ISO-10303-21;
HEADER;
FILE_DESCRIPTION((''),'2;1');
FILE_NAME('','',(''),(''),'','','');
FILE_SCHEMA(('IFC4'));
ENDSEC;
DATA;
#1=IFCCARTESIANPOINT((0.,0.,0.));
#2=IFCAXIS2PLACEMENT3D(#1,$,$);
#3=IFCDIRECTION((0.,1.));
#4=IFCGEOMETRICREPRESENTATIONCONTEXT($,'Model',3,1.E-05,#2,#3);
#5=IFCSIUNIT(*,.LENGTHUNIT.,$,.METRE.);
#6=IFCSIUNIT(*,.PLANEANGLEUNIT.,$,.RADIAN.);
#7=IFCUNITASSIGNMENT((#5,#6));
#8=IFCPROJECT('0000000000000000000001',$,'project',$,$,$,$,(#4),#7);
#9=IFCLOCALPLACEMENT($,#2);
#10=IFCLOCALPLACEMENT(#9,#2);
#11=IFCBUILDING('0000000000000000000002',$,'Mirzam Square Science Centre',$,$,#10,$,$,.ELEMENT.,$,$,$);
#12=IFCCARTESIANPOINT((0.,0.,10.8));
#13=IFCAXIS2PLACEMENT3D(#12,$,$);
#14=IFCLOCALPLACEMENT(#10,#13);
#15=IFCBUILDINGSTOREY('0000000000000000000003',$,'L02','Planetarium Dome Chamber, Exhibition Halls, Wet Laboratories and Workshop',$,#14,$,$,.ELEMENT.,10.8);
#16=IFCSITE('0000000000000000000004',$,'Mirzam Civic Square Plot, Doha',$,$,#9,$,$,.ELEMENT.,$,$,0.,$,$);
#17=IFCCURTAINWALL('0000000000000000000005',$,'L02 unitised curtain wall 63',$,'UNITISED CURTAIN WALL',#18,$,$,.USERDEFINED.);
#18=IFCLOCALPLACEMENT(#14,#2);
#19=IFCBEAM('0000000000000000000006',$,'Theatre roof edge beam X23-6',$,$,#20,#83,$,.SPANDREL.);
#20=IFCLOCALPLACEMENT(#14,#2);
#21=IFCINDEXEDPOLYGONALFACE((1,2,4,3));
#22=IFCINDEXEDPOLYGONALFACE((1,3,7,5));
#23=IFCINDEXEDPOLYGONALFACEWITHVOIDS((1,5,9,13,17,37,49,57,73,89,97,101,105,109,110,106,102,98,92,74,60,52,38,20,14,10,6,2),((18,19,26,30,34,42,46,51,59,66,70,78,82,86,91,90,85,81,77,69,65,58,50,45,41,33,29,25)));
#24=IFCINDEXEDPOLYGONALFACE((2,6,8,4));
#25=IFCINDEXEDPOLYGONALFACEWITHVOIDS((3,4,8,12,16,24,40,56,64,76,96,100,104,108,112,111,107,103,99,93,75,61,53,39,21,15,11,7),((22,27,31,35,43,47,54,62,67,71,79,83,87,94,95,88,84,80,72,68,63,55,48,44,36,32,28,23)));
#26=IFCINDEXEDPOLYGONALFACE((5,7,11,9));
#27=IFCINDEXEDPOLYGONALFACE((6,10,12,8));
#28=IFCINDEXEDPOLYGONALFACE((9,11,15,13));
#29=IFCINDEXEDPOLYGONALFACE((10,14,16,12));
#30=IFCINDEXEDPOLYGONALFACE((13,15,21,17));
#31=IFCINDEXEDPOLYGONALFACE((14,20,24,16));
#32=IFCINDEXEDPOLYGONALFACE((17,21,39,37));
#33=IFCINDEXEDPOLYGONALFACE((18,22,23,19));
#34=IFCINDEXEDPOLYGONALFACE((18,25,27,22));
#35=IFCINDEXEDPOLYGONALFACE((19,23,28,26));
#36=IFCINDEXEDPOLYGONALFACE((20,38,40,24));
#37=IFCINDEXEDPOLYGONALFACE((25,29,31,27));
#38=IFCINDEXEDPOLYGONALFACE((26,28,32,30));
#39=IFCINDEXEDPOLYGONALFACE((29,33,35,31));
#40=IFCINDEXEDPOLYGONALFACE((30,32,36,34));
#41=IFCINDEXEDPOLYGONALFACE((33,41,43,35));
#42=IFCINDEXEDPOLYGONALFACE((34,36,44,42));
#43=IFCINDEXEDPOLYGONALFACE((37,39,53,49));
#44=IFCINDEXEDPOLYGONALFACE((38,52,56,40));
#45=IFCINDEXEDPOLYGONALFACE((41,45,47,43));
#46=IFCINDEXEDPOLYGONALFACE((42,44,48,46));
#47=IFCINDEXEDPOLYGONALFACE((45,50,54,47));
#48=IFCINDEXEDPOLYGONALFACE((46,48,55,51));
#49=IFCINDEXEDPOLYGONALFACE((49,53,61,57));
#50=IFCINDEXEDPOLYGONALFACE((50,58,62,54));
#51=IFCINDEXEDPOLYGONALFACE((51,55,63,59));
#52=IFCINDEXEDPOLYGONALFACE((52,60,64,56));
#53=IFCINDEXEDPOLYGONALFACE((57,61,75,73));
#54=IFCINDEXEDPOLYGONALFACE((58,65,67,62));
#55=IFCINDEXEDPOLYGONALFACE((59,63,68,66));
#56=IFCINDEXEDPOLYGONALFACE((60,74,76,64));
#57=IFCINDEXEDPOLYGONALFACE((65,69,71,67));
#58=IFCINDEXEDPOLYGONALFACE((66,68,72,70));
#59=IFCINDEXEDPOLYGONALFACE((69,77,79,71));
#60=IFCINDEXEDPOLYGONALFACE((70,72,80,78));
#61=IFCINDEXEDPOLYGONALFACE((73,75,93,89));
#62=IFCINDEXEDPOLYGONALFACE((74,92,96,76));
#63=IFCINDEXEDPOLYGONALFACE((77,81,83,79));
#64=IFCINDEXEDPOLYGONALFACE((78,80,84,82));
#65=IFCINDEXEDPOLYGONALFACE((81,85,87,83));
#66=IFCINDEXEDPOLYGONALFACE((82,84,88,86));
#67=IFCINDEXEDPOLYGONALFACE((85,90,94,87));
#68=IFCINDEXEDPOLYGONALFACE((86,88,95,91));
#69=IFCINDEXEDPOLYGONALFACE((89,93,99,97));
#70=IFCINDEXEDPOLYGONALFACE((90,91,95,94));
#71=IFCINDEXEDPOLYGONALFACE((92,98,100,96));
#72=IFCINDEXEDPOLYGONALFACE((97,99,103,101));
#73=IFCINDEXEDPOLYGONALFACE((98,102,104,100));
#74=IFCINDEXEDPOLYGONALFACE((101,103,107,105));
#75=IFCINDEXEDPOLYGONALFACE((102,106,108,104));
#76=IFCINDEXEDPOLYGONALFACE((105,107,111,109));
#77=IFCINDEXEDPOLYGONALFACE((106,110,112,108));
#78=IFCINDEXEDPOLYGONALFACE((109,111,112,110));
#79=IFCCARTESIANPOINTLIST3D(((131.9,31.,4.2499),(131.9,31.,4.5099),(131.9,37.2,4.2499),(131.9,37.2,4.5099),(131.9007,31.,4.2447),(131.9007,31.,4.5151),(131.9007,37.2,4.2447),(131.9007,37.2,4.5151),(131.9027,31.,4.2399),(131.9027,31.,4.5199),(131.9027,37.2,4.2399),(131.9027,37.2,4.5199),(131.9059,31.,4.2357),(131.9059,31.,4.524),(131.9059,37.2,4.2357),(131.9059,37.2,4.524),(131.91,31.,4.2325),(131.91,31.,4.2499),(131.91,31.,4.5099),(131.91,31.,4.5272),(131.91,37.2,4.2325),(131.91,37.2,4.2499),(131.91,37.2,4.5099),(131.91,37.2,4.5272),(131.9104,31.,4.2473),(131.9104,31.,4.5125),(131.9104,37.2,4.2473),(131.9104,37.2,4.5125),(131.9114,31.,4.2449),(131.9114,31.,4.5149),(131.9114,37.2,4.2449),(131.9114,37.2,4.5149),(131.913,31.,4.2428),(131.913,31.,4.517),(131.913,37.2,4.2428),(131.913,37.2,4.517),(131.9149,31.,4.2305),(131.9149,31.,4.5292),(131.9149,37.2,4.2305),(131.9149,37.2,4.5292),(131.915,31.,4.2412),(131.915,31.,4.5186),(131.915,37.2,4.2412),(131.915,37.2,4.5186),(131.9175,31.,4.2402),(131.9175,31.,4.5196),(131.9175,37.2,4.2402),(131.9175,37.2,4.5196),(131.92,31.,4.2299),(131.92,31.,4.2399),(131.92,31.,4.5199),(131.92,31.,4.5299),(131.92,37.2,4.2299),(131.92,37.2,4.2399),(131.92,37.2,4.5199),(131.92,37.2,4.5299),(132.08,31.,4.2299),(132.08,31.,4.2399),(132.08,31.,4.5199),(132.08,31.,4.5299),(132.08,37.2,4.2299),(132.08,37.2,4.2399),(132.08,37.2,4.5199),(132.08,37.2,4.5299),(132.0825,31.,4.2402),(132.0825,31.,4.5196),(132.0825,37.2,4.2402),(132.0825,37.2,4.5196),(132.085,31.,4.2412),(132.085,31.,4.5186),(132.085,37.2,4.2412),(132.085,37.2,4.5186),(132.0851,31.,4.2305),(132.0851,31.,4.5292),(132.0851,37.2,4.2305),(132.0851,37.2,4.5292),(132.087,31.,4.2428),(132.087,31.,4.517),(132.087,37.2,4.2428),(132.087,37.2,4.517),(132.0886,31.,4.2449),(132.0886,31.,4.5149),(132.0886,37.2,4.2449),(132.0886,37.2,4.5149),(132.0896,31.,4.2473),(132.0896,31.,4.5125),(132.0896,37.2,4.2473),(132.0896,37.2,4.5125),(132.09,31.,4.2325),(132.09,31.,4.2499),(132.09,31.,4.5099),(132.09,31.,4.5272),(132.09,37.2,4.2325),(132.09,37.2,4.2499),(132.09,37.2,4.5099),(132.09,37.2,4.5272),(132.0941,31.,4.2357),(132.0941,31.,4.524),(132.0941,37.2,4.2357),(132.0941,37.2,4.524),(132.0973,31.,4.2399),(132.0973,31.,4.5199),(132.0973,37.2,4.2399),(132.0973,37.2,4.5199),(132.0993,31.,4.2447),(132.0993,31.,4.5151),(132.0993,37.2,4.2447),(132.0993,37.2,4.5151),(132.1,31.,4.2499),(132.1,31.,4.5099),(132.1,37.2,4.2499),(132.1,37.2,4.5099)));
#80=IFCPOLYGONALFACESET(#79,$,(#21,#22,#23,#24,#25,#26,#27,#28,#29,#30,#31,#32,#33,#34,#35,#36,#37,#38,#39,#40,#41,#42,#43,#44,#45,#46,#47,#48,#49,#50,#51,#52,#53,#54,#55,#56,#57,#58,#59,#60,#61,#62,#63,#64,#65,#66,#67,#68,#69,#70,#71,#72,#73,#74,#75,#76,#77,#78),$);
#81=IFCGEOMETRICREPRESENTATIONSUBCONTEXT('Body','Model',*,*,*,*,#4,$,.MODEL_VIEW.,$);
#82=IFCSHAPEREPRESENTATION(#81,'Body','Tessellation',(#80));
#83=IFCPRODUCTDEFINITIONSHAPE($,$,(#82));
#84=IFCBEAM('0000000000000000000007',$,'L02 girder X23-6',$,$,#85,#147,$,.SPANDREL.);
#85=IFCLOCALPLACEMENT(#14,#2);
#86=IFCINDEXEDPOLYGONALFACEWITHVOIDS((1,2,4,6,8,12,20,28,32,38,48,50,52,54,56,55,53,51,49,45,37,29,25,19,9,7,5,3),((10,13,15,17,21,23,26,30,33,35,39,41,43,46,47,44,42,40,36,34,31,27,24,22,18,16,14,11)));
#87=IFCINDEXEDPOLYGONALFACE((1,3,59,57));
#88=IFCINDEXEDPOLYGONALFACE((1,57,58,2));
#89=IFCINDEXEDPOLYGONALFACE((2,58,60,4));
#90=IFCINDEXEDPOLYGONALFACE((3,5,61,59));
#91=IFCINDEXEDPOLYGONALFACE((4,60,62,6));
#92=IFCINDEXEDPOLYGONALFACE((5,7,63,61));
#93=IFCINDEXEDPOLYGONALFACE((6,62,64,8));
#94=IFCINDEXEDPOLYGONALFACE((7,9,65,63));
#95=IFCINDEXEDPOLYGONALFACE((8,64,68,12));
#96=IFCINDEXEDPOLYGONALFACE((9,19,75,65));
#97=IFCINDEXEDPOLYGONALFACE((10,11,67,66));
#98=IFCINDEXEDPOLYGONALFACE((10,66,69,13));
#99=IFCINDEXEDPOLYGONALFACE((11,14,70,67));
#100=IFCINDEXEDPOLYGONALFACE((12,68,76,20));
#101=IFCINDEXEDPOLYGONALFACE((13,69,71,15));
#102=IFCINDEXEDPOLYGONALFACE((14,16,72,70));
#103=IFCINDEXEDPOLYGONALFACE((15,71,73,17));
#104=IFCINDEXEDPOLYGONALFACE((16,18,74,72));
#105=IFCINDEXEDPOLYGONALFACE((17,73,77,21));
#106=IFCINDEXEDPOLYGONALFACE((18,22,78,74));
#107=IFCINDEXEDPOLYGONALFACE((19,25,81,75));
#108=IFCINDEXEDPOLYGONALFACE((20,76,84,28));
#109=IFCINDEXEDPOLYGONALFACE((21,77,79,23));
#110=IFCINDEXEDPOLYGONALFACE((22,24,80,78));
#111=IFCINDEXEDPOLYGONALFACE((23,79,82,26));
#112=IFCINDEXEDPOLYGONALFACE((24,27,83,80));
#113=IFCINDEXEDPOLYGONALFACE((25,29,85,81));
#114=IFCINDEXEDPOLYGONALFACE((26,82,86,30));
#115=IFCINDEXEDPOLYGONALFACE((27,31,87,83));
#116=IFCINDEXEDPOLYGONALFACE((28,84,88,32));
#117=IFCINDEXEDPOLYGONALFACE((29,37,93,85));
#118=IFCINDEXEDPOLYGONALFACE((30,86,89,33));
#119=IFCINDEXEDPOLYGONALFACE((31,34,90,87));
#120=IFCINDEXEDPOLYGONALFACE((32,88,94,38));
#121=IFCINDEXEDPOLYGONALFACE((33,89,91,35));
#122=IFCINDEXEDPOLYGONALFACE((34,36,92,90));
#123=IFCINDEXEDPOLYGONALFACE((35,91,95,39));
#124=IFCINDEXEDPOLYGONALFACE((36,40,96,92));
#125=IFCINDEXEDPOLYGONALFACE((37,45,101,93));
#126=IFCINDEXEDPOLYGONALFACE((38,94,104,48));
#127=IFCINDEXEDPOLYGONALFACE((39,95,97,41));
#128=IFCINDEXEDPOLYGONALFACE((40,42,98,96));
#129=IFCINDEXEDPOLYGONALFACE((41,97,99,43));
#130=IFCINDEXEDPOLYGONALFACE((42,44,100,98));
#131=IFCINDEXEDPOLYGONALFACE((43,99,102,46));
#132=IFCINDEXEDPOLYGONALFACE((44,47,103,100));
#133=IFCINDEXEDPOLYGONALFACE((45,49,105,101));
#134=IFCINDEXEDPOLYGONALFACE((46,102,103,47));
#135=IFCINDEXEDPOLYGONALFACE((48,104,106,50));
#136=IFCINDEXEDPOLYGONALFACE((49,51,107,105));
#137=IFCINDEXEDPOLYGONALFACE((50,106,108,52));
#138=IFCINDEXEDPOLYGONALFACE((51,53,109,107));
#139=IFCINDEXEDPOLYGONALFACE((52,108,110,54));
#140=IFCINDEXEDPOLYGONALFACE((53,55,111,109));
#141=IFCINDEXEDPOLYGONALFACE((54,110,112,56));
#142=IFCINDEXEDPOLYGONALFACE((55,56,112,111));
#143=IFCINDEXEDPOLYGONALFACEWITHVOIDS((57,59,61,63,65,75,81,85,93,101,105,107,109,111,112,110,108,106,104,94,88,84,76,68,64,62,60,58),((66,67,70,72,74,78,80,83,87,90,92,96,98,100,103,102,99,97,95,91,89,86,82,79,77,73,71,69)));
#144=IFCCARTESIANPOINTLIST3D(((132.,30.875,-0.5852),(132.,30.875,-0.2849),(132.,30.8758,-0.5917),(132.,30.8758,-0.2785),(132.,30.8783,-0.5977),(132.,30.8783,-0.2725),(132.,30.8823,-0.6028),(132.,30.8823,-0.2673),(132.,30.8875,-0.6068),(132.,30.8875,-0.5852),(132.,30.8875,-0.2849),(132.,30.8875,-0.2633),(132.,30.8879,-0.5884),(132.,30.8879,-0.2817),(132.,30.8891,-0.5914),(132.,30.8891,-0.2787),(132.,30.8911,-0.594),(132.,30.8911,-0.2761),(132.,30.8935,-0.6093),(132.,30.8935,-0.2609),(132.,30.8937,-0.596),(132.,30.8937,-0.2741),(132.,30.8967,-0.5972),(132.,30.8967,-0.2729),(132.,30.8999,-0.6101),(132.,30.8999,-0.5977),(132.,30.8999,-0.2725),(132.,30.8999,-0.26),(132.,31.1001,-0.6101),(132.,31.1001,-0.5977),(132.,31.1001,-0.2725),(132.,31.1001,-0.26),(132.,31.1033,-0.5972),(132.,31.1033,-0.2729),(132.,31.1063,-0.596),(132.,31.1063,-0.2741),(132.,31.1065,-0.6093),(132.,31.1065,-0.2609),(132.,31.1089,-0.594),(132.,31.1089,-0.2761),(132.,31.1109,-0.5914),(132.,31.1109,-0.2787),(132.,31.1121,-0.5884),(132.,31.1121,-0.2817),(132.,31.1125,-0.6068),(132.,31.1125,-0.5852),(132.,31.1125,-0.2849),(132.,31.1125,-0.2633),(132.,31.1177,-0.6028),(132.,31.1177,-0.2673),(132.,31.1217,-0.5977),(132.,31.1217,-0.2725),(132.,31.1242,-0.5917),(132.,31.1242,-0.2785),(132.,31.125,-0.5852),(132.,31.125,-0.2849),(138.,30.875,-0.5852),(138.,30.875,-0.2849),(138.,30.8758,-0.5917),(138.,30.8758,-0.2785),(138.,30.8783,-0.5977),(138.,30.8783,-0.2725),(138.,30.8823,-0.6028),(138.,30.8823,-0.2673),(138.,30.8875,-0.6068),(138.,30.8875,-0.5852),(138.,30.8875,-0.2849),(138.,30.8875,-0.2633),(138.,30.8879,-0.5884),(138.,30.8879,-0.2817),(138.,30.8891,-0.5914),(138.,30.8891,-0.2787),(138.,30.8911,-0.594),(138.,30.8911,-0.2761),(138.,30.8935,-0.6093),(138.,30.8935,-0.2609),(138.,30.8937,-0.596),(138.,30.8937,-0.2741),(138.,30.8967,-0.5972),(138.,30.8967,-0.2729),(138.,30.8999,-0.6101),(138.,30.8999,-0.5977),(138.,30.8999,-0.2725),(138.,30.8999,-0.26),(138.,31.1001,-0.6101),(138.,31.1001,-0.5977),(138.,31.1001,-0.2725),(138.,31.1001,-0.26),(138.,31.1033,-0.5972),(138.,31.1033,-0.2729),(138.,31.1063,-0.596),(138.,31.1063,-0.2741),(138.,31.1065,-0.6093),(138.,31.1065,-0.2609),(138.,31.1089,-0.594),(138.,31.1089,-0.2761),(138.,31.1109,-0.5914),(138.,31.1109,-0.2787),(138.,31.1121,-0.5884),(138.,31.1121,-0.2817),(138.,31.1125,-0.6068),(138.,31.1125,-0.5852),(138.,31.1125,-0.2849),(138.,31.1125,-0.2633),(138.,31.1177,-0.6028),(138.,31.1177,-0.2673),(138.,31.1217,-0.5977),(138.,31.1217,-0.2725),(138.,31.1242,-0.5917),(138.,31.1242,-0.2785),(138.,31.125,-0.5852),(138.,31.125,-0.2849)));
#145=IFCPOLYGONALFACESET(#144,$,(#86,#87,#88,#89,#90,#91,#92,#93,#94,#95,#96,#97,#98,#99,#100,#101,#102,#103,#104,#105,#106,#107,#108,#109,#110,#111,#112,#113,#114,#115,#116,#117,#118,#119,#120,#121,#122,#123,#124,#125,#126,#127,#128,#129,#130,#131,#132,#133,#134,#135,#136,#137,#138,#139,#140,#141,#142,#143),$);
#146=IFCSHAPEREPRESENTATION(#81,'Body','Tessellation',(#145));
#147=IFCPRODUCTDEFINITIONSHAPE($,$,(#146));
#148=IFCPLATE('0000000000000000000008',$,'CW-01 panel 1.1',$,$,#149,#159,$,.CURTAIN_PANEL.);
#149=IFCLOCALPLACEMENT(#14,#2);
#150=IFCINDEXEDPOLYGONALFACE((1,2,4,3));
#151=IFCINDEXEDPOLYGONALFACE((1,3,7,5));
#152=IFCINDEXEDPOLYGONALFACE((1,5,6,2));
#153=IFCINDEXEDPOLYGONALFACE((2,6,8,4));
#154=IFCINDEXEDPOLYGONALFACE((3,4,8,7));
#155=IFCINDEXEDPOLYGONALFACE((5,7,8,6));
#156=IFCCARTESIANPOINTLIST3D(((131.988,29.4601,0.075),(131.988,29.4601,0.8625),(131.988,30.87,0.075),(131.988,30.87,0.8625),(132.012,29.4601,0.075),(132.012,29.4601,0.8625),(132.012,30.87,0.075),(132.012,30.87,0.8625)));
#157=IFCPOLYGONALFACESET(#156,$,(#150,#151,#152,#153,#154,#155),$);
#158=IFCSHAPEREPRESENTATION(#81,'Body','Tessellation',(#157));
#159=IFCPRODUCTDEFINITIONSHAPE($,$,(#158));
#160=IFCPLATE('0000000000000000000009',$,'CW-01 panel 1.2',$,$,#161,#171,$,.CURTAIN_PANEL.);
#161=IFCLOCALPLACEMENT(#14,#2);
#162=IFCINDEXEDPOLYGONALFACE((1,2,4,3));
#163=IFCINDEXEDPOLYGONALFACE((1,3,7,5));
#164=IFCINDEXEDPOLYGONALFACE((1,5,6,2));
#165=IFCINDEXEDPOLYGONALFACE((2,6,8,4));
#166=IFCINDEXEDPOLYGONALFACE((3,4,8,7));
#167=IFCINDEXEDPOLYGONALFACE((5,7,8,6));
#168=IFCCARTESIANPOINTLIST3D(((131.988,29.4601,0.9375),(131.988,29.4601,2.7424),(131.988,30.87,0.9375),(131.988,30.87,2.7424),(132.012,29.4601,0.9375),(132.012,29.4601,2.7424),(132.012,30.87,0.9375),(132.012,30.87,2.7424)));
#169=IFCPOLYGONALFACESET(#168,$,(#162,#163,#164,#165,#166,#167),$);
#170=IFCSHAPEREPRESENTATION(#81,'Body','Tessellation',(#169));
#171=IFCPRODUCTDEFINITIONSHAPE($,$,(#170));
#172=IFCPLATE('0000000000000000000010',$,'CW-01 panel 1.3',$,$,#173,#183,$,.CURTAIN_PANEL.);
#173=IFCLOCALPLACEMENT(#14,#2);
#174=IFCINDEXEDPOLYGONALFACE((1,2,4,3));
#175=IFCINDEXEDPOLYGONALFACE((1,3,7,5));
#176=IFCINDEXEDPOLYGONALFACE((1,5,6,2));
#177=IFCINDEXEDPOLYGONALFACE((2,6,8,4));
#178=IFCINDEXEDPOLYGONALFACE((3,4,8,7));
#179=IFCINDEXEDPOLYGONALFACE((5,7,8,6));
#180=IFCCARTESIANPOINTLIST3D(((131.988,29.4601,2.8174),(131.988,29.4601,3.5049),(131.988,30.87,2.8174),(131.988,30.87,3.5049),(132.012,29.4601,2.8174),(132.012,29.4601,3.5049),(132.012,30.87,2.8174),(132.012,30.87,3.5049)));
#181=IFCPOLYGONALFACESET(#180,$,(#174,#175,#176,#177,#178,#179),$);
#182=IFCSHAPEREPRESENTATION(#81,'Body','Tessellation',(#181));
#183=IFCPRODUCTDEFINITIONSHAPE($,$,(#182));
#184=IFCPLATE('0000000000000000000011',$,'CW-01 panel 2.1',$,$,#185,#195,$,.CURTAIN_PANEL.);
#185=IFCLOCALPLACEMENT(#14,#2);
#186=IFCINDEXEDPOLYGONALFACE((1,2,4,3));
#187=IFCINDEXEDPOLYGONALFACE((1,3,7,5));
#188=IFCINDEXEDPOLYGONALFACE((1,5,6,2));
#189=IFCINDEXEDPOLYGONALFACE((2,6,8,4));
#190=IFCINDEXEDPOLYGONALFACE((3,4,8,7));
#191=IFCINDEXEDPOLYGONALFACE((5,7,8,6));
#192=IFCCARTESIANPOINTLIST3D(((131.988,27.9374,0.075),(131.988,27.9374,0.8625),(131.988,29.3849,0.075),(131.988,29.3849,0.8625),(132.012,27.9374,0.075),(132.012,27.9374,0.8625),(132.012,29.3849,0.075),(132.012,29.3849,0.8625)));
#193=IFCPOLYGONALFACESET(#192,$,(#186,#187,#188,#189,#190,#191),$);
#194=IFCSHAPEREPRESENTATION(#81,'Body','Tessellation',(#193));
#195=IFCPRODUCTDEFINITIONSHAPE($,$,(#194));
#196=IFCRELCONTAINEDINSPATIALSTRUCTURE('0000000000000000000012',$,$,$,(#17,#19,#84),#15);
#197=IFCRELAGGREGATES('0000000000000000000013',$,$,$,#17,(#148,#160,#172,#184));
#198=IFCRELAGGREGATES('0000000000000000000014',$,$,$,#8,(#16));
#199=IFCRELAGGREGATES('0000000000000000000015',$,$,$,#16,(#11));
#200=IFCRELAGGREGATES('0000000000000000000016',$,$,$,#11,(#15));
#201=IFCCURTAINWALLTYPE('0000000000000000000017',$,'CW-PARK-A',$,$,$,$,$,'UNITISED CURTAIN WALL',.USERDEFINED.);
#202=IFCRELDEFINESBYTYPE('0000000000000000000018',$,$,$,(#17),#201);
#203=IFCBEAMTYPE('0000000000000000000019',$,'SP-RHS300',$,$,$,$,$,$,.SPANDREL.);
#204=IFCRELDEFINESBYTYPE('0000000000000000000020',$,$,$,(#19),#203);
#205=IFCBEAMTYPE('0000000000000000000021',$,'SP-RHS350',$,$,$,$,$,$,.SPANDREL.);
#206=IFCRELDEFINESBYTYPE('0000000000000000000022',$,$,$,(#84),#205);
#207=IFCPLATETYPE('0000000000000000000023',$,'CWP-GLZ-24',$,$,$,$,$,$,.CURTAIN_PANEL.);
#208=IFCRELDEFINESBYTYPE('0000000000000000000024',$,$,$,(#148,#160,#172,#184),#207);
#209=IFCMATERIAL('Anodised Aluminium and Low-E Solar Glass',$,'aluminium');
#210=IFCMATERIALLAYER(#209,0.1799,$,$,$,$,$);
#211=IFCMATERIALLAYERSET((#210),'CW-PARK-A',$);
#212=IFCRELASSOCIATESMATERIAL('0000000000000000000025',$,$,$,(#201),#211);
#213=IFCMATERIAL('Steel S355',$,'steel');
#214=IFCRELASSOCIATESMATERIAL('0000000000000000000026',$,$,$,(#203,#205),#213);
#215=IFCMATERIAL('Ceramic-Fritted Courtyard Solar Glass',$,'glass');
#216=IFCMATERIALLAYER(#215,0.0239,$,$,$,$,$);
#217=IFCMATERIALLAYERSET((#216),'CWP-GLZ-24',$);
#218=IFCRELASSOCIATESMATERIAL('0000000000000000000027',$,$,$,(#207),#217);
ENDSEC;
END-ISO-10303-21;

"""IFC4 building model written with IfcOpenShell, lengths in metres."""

from ifc_helpers import new_model, si_unit, direction, frame, origin, origin_2d, place, context, subcontext, project, spatial, rectangle, hollow_rectangle, extrude, material, layer, layer_set, material_profile, profile_set, type_object, element, aggregate, save


model = new_model("IFC4")

# Units and contexts
model_context = context("Model", 3, precision=1e-05, world=origin(), true_north=direction((0.0, 1.0)))
body_context = subcontext(model_context, "Body", "Model", "MODEL_VIEW")
ifc_project = project(units=[si_unit("LENGTHUNIT", "METRE"), si_unit("PLANEANGLEUNIT", "RADIAN")], contexts=[model_context])

# Site, building, storey
site_placement = place(None, origin())
site = spatial("IfcSite", under=ifc_project, at=site_placement, Name="Mirzam Civic Square Plot, Doha", CompositionType="ELEMENT", RefElevation=0.0)
building_placement = place(site_placement, origin())
building = spatial("IfcBuilding", under=site, at=building_placement, Name="Mirzam Square Science Centre", CompositionType="ELEMENT")
storey_placement = place(building_placement, frame((0.0, 0.0, 10.8)))
storey = spatial("IfcBuildingStorey", under=building, at=storey_placement, Name="L02", Description="Planetarium Dome Chamber, Exhibition Halls, Wet Laboratories and Workshop", CompositionType="ELEMENT", Elevation=10.8)

# Shared definitions
ifc_material_1 = material(Name="Steel S355", Category="steel")

# Curtain wall
ifc_material_2 = material(Name="Anodised Aluminium and Low-E Solar Glass", Category="aluminium")
ifc_layer_1 = layer(ifc_material_2, 0.1799)
ifc_layer_set_1 = layer_set([ifc_layer_1], Name="CW-PARK-A")
curtain_wall_type_1 = type_object("IfcCurtainWallType", Name="CW-PARK-A", ElementType="UNITISED CURTAIN WALL", PredefinedType="USERDEFINED", material=ifc_layer_set_1)
curtain_wall_1_placement = place(storey_placement, origin())
curtain_wall_1 = element("IfcCurtainWall", 1, at=curtain_wall_1_placement, inside=storey, type_object=curtain_wall_type_1, Name="L02 unitised curtain wall 63", ObjectType="UNITISED CURTAIN WALL", PredefinedType="USERDEFINED")

# Beams
ifc_material_profile_1 = material_profile(ifc_material_1, hollow_rectangle(XDim=0.2, YDim=0.3, WallThickness=0.01, InnerFilletRadius=0.01, OuterFilletRadius=0.02, at=origin_2d()), Name="300x200x10.0RHS")
ifc_profile_set_1 = profile_set([ifc_material_profile_1], Name="Steel S355")
beam_type_1 = type_object("IfcBeamType", Name="SP-RHS300", PredefinedType="SPANDREL", material=ifc_profile_set_1)
beam_1_placement = place(storey_placement, frame((132.0, 31.0, 4.3799), z_axis=(0.0, 1.0, 0.0), x_axis=(-1.0, 0.0, 0.0)))
element("IfcBeam", 2, at=beam_1_placement, inside=storey, type_object=beam_type_1, Name="Theatre roof edge beam X23-6", PredefinedType="SPANDREL", context=body_context, shape_type="SweptSolid", body=[
    extrude(hollow_rectangle(XDim=0.2, YDim=0.3, WallThickness=0.01, InnerFilletRadius=0.01, OuterFilletRadius=0.02, at=origin_2d()), origin(), (0.0, 0.0, 1.0), 6.2),
])
ifc_material_profile_2 = material_profile(ifc_material_1, hollow_rectangle(XDim=0.25, YDim=0.3501, WallThickness=0.0125, InnerFilletRadius=0.0125, OuterFilletRadius=0.0249, at=origin_2d()), Name="350x250x12.5RHS")
ifc_profile_set_2 = profile_set([ifc_material_profile_2], Name="Steel S355")
beam_type_2 = type_object("IfcBeamType", Name="SP-RHS350", PredefinedType="SPANDREL", material=ifc_profile_set_2)
beam_2_placement = place(storey_placement, frame((132.0, 31.0, -0.4351), z_axis=(1.0, 0.0, 0.0), x_axis=(0.0, 1.0, 0.0)))
element("IfcBeam", 3, at=beam_2_placement, inside=storey, type_object=beam_type_2, Name="L02 girder X23-6", PredefinedType="SPANDREL", context=body_context, shape_type="SweptSolid", body=[
    extrude(hollow_rectangle(XDim=0.25, YDim=0.3501, WallThickness=0.0125, InnerFilletRadius=0.0125, OuterFilletRadius=0.0249, at=origin_2d()), origin(), (0.0, 0.0, 1.0), 6.0),
])

# Plates
ifc_material_3 = material(Name="Ceramic-Fritted Courtyard Solar Glass", Category="glass")
ifc_layer_2 = layer(ifc_material_3, 0.0239)
ifc_layer_set_2 = layer_set([ifc_layer_2], Name="CWP-GLZ-24")
plate_type = type_object("IfcPlateType", Name="CWP-GLZ-24", PredefinedType="CURTAIN_PANEL", material=ifc_layer_set_2)
plate_1_placement = place(storey_placement, frame((132.0, 30.165, 0.075), z_axis=(0.0, 0.0, 1.0), x_axis=(0.0, -1.0, 0.0)))
plate_1 = element("IfcPlate", 4, at=plate_1_placement, type_object=plate_type, Name="CW-01 panel 1.1", PredefinedType="CURTAIN_PANEL", context=body_context, shape_type="SweptSolid", body=[
    extrude(rectangle(XDim=1.4099, YDim=0.0239, at=origin_2d()), origin(), (0.0, 0.0, 1.0), 0.7876),
])
plate_2_placement = place(storey_placement, frame((132.0, 30.165, 0.9375), z_axis=(0.0, 0.0, 1.0), x_axis=(0.0, -1.0, 0.0)))
plate_2 = element("IfcPlate", 5, at=plate_2_placement, type_object=plate_type, Name="CW-01 panel 1.2", PredefinedType="CURTAIN_PANEL", context=body_context, shape_type="SweptSolid", body=[
    extrude(rectangle(XDim=1.4099, YDim=0.0239, at=origin_2d()), origin(), (0.0, 0.0, 1.0), 1.8049),
])
plate_3_placement = place(storey_placement, frame((132.0, 30.165, 2.8174), z_axis=(0.0, 0.0, 1.0), x_axis=(0.0, -1.0, 0.0)))
plate_3 = element("IfcPlate", 6, at=plate_3_placement, type_object=plate_type, Name="CW-01 panel 1.3", PredefinedType="CURTAIN_PANEL", context=body_context, shape_type="SweptSolid", body=[
    extrude(rectangle(XDim=1.4099, YDim=0.0239, at=origin_2d()), origin(), (0.0, 0.0, 1.0), 0.6875),
])
plate_4_placement = place(storey_placement, frame((132.0, 28.6611, 0.075), z_axis=(0.0, 0.0, 1.0), x_axis=(0.0, -1.0, 0.0)))
plate_4 = element("IfcPlate", 7, at=plate_4_placement, type_object=plate_type, Name="CW-01 panel 2.1", PredefinedType="CURTAIN_PANEL", context=body_context, shape_type="SweptSolid", body=[
    extrude(rectangle(XDim=1.4475, YDim=0.0239, at=origin_2d()), origin(), (0.0, 0.0, 1.0), 0.7876),
])
aggregate(curtain_wall_1, [plate_1, plate_2, plate_3, plate_4])

save(model, "model.ifc")
